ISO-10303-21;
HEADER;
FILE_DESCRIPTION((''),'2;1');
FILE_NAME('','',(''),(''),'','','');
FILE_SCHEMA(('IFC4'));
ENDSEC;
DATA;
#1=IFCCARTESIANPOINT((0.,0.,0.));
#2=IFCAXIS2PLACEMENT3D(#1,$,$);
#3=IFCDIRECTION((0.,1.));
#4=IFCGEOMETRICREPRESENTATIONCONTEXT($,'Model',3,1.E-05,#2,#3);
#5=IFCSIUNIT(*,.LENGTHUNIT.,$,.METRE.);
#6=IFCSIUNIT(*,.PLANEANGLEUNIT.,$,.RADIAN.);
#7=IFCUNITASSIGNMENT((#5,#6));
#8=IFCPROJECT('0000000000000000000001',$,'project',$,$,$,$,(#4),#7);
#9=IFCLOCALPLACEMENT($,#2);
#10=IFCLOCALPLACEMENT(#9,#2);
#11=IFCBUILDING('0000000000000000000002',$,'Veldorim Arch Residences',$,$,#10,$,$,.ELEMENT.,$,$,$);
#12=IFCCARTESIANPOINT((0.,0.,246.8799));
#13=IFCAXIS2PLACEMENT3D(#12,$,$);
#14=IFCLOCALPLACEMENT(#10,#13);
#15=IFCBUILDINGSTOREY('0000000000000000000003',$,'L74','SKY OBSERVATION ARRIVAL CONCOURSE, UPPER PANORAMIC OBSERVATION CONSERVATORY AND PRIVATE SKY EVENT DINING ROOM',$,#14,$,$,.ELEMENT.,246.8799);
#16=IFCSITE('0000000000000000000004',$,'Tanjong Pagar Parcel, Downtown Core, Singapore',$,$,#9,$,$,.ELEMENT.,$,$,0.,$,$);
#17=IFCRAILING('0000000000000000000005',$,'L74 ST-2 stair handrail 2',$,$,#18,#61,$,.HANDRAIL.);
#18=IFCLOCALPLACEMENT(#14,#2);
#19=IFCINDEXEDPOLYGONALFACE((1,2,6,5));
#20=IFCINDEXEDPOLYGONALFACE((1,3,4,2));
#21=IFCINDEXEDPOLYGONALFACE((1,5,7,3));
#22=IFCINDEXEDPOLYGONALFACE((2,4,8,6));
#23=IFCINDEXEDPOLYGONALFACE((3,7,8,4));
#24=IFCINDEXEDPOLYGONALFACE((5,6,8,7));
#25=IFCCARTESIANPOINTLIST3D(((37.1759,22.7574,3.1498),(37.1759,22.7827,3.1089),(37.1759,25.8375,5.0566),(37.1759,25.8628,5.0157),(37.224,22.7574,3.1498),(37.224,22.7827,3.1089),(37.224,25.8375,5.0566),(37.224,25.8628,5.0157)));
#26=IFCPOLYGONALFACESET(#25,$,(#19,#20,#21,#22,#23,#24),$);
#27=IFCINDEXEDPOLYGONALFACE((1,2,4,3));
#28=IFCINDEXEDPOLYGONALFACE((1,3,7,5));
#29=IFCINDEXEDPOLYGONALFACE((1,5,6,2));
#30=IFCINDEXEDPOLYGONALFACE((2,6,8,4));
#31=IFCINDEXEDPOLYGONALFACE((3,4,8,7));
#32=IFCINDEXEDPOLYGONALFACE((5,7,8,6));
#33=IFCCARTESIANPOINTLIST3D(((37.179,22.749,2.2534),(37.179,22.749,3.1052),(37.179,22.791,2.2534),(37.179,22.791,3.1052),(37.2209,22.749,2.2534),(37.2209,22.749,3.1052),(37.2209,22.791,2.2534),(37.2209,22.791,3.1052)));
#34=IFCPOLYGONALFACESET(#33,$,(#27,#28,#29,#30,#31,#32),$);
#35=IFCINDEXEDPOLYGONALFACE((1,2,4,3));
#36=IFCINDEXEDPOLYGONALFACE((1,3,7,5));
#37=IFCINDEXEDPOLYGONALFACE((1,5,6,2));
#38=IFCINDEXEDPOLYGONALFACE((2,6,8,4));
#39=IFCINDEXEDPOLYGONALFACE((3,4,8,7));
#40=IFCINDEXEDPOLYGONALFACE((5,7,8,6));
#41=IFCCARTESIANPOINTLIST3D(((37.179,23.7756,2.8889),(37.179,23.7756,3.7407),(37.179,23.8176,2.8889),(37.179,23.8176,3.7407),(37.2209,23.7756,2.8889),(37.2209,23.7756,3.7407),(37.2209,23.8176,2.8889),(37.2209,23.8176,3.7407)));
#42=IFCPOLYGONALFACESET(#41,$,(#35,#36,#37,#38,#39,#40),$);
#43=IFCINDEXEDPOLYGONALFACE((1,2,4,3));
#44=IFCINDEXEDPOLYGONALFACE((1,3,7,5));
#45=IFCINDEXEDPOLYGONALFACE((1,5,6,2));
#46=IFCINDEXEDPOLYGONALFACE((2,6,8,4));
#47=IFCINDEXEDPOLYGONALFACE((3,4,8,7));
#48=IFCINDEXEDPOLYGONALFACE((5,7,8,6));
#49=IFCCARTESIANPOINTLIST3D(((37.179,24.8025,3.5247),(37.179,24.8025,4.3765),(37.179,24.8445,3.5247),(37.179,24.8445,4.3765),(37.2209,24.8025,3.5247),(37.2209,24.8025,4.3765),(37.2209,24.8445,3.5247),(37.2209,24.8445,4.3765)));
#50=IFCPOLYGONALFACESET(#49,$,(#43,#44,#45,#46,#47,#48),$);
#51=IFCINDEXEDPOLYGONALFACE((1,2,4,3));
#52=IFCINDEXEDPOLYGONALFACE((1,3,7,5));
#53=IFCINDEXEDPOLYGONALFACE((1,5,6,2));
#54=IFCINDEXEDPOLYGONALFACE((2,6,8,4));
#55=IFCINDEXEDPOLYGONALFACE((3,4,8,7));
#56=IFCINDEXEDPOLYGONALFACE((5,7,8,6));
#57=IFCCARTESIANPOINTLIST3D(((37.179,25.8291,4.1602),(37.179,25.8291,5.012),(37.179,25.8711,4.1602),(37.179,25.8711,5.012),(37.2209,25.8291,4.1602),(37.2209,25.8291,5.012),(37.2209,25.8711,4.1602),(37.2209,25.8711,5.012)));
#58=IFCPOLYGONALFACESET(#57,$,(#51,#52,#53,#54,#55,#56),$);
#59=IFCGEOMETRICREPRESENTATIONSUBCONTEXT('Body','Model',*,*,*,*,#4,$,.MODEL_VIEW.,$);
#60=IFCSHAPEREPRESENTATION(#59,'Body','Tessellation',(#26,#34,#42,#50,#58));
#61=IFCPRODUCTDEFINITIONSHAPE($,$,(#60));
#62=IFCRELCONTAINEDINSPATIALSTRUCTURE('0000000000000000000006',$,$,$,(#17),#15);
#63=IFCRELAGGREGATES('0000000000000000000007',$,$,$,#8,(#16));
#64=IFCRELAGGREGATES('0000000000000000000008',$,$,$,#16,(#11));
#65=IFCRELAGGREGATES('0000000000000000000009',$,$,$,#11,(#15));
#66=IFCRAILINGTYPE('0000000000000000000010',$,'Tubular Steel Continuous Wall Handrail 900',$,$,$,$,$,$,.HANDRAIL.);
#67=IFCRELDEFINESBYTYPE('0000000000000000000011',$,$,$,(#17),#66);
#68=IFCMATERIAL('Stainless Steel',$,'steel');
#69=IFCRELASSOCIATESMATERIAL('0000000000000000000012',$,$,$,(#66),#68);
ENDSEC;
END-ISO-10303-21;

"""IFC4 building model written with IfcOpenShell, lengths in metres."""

from ifc_helpers import new_model, si_unit, direction, frame, origin, origin_2d, place, context, subcontext, project, spatial, rectangle, extrude, material, type_object, element, save


model = new_model("IFC4")

# Units and contexts
model_context = context("Model", 3, precision=1e-05, world=origin(), true_north=direction((0.0, 1.0)))
body_context = subcontext(model_context, "Body", "Model", "MODEL_VIEW")
ifc_project = project(units=[si_unit("LENGTHUNIT", "METRE"), si_unit("PLANEANGLEUNIT", "RADIAN")], contexts=[model_context])

# Site, building, storey
site_placement = place(None, origin())
site = spatial("IfcSite", under=ifc_project, at=site_placement, Name="Tanjong Pagar Parcel, Downtown Core, Singapore", CompositionType="ELEMENT", RefElevation=0.0)
building_placement = place(site_placement, origin())
building = spatial("IfcBuilding", under=site, at=building_placement, Name="Veldorim Arch Residences", CompositionType="ELEMENT")
storey_placement = place(building_placement, frame((0.0, 0.0, 246.8799)))
storey = spatial("IfcBuildingStorey", under=building, at=storey_placement, Name="L74", Description="SKY OBSERVATION ARRIVAL CONCOURSE, UPPER PANORAMIC OBSERVATION CONSERVATORY AND PRIVATE SKY EVENT DINING ROOM", CompositionType="ELEMENT", Elevation=246.8799)

# Railing
ifc_material_1 = material(Name="Stainless Steel", Category="steel")
railing_type_1 = type_object("IfcRailingType", Name="Tubular Steel Continuous Wall Handrail 900", PredefinedType="HANDRAIL", material=ifc_material_1)
railing_1_placement = place(storey_placement, frame((37.2, 22.77, 2.2534)))
element("IfcRailing", 1, at=railing_1_placement, inside=storey, type_object=railing_type_1, Name="L74 ST-2 stair handrail 2", PredefinedType="HANDRAIL", context=body_context, shape_type="SweptSolid", body=[
    extrude(rectangle(XDim=0.0481, YDim=0.0481, at=origin_2d()), frame((0.0, 0.0, 0.876), z_axis=(0.0, 0.850262, 0.526359), x_axis=(-1.0, 0.0, 0.0)), (0.0, 0.0, 1.0), 3.6226),
    extrude(rectangle(XDim=0.042, YDim=0.042, at=origin_2d()), origin(), (0.0, 0.0, 1.0), 0.8518),
    extrude(rectangle(XDim=0.042, YDim=0.042, at=origin_2d()), frame((0.0, 1.0266, 0.6355)), (0.0, 0.0, 1.0), 0.8518),
    extrude(rectangle(XDim=0.042, YDim=0.042, at=origin_2d()), frame((0.0, 2.0535, 1.2712)), (0.0, 0.0, 1.0), 0.8518),
    extrude(rectangle(XDim=0.042, YDim=0.042, at=origin_2d()), frame((0.0, 3.0801, 1.9067)), (0.0, 0.0, 1.0), 0.8518),
])

save(model, "model.ifc")
